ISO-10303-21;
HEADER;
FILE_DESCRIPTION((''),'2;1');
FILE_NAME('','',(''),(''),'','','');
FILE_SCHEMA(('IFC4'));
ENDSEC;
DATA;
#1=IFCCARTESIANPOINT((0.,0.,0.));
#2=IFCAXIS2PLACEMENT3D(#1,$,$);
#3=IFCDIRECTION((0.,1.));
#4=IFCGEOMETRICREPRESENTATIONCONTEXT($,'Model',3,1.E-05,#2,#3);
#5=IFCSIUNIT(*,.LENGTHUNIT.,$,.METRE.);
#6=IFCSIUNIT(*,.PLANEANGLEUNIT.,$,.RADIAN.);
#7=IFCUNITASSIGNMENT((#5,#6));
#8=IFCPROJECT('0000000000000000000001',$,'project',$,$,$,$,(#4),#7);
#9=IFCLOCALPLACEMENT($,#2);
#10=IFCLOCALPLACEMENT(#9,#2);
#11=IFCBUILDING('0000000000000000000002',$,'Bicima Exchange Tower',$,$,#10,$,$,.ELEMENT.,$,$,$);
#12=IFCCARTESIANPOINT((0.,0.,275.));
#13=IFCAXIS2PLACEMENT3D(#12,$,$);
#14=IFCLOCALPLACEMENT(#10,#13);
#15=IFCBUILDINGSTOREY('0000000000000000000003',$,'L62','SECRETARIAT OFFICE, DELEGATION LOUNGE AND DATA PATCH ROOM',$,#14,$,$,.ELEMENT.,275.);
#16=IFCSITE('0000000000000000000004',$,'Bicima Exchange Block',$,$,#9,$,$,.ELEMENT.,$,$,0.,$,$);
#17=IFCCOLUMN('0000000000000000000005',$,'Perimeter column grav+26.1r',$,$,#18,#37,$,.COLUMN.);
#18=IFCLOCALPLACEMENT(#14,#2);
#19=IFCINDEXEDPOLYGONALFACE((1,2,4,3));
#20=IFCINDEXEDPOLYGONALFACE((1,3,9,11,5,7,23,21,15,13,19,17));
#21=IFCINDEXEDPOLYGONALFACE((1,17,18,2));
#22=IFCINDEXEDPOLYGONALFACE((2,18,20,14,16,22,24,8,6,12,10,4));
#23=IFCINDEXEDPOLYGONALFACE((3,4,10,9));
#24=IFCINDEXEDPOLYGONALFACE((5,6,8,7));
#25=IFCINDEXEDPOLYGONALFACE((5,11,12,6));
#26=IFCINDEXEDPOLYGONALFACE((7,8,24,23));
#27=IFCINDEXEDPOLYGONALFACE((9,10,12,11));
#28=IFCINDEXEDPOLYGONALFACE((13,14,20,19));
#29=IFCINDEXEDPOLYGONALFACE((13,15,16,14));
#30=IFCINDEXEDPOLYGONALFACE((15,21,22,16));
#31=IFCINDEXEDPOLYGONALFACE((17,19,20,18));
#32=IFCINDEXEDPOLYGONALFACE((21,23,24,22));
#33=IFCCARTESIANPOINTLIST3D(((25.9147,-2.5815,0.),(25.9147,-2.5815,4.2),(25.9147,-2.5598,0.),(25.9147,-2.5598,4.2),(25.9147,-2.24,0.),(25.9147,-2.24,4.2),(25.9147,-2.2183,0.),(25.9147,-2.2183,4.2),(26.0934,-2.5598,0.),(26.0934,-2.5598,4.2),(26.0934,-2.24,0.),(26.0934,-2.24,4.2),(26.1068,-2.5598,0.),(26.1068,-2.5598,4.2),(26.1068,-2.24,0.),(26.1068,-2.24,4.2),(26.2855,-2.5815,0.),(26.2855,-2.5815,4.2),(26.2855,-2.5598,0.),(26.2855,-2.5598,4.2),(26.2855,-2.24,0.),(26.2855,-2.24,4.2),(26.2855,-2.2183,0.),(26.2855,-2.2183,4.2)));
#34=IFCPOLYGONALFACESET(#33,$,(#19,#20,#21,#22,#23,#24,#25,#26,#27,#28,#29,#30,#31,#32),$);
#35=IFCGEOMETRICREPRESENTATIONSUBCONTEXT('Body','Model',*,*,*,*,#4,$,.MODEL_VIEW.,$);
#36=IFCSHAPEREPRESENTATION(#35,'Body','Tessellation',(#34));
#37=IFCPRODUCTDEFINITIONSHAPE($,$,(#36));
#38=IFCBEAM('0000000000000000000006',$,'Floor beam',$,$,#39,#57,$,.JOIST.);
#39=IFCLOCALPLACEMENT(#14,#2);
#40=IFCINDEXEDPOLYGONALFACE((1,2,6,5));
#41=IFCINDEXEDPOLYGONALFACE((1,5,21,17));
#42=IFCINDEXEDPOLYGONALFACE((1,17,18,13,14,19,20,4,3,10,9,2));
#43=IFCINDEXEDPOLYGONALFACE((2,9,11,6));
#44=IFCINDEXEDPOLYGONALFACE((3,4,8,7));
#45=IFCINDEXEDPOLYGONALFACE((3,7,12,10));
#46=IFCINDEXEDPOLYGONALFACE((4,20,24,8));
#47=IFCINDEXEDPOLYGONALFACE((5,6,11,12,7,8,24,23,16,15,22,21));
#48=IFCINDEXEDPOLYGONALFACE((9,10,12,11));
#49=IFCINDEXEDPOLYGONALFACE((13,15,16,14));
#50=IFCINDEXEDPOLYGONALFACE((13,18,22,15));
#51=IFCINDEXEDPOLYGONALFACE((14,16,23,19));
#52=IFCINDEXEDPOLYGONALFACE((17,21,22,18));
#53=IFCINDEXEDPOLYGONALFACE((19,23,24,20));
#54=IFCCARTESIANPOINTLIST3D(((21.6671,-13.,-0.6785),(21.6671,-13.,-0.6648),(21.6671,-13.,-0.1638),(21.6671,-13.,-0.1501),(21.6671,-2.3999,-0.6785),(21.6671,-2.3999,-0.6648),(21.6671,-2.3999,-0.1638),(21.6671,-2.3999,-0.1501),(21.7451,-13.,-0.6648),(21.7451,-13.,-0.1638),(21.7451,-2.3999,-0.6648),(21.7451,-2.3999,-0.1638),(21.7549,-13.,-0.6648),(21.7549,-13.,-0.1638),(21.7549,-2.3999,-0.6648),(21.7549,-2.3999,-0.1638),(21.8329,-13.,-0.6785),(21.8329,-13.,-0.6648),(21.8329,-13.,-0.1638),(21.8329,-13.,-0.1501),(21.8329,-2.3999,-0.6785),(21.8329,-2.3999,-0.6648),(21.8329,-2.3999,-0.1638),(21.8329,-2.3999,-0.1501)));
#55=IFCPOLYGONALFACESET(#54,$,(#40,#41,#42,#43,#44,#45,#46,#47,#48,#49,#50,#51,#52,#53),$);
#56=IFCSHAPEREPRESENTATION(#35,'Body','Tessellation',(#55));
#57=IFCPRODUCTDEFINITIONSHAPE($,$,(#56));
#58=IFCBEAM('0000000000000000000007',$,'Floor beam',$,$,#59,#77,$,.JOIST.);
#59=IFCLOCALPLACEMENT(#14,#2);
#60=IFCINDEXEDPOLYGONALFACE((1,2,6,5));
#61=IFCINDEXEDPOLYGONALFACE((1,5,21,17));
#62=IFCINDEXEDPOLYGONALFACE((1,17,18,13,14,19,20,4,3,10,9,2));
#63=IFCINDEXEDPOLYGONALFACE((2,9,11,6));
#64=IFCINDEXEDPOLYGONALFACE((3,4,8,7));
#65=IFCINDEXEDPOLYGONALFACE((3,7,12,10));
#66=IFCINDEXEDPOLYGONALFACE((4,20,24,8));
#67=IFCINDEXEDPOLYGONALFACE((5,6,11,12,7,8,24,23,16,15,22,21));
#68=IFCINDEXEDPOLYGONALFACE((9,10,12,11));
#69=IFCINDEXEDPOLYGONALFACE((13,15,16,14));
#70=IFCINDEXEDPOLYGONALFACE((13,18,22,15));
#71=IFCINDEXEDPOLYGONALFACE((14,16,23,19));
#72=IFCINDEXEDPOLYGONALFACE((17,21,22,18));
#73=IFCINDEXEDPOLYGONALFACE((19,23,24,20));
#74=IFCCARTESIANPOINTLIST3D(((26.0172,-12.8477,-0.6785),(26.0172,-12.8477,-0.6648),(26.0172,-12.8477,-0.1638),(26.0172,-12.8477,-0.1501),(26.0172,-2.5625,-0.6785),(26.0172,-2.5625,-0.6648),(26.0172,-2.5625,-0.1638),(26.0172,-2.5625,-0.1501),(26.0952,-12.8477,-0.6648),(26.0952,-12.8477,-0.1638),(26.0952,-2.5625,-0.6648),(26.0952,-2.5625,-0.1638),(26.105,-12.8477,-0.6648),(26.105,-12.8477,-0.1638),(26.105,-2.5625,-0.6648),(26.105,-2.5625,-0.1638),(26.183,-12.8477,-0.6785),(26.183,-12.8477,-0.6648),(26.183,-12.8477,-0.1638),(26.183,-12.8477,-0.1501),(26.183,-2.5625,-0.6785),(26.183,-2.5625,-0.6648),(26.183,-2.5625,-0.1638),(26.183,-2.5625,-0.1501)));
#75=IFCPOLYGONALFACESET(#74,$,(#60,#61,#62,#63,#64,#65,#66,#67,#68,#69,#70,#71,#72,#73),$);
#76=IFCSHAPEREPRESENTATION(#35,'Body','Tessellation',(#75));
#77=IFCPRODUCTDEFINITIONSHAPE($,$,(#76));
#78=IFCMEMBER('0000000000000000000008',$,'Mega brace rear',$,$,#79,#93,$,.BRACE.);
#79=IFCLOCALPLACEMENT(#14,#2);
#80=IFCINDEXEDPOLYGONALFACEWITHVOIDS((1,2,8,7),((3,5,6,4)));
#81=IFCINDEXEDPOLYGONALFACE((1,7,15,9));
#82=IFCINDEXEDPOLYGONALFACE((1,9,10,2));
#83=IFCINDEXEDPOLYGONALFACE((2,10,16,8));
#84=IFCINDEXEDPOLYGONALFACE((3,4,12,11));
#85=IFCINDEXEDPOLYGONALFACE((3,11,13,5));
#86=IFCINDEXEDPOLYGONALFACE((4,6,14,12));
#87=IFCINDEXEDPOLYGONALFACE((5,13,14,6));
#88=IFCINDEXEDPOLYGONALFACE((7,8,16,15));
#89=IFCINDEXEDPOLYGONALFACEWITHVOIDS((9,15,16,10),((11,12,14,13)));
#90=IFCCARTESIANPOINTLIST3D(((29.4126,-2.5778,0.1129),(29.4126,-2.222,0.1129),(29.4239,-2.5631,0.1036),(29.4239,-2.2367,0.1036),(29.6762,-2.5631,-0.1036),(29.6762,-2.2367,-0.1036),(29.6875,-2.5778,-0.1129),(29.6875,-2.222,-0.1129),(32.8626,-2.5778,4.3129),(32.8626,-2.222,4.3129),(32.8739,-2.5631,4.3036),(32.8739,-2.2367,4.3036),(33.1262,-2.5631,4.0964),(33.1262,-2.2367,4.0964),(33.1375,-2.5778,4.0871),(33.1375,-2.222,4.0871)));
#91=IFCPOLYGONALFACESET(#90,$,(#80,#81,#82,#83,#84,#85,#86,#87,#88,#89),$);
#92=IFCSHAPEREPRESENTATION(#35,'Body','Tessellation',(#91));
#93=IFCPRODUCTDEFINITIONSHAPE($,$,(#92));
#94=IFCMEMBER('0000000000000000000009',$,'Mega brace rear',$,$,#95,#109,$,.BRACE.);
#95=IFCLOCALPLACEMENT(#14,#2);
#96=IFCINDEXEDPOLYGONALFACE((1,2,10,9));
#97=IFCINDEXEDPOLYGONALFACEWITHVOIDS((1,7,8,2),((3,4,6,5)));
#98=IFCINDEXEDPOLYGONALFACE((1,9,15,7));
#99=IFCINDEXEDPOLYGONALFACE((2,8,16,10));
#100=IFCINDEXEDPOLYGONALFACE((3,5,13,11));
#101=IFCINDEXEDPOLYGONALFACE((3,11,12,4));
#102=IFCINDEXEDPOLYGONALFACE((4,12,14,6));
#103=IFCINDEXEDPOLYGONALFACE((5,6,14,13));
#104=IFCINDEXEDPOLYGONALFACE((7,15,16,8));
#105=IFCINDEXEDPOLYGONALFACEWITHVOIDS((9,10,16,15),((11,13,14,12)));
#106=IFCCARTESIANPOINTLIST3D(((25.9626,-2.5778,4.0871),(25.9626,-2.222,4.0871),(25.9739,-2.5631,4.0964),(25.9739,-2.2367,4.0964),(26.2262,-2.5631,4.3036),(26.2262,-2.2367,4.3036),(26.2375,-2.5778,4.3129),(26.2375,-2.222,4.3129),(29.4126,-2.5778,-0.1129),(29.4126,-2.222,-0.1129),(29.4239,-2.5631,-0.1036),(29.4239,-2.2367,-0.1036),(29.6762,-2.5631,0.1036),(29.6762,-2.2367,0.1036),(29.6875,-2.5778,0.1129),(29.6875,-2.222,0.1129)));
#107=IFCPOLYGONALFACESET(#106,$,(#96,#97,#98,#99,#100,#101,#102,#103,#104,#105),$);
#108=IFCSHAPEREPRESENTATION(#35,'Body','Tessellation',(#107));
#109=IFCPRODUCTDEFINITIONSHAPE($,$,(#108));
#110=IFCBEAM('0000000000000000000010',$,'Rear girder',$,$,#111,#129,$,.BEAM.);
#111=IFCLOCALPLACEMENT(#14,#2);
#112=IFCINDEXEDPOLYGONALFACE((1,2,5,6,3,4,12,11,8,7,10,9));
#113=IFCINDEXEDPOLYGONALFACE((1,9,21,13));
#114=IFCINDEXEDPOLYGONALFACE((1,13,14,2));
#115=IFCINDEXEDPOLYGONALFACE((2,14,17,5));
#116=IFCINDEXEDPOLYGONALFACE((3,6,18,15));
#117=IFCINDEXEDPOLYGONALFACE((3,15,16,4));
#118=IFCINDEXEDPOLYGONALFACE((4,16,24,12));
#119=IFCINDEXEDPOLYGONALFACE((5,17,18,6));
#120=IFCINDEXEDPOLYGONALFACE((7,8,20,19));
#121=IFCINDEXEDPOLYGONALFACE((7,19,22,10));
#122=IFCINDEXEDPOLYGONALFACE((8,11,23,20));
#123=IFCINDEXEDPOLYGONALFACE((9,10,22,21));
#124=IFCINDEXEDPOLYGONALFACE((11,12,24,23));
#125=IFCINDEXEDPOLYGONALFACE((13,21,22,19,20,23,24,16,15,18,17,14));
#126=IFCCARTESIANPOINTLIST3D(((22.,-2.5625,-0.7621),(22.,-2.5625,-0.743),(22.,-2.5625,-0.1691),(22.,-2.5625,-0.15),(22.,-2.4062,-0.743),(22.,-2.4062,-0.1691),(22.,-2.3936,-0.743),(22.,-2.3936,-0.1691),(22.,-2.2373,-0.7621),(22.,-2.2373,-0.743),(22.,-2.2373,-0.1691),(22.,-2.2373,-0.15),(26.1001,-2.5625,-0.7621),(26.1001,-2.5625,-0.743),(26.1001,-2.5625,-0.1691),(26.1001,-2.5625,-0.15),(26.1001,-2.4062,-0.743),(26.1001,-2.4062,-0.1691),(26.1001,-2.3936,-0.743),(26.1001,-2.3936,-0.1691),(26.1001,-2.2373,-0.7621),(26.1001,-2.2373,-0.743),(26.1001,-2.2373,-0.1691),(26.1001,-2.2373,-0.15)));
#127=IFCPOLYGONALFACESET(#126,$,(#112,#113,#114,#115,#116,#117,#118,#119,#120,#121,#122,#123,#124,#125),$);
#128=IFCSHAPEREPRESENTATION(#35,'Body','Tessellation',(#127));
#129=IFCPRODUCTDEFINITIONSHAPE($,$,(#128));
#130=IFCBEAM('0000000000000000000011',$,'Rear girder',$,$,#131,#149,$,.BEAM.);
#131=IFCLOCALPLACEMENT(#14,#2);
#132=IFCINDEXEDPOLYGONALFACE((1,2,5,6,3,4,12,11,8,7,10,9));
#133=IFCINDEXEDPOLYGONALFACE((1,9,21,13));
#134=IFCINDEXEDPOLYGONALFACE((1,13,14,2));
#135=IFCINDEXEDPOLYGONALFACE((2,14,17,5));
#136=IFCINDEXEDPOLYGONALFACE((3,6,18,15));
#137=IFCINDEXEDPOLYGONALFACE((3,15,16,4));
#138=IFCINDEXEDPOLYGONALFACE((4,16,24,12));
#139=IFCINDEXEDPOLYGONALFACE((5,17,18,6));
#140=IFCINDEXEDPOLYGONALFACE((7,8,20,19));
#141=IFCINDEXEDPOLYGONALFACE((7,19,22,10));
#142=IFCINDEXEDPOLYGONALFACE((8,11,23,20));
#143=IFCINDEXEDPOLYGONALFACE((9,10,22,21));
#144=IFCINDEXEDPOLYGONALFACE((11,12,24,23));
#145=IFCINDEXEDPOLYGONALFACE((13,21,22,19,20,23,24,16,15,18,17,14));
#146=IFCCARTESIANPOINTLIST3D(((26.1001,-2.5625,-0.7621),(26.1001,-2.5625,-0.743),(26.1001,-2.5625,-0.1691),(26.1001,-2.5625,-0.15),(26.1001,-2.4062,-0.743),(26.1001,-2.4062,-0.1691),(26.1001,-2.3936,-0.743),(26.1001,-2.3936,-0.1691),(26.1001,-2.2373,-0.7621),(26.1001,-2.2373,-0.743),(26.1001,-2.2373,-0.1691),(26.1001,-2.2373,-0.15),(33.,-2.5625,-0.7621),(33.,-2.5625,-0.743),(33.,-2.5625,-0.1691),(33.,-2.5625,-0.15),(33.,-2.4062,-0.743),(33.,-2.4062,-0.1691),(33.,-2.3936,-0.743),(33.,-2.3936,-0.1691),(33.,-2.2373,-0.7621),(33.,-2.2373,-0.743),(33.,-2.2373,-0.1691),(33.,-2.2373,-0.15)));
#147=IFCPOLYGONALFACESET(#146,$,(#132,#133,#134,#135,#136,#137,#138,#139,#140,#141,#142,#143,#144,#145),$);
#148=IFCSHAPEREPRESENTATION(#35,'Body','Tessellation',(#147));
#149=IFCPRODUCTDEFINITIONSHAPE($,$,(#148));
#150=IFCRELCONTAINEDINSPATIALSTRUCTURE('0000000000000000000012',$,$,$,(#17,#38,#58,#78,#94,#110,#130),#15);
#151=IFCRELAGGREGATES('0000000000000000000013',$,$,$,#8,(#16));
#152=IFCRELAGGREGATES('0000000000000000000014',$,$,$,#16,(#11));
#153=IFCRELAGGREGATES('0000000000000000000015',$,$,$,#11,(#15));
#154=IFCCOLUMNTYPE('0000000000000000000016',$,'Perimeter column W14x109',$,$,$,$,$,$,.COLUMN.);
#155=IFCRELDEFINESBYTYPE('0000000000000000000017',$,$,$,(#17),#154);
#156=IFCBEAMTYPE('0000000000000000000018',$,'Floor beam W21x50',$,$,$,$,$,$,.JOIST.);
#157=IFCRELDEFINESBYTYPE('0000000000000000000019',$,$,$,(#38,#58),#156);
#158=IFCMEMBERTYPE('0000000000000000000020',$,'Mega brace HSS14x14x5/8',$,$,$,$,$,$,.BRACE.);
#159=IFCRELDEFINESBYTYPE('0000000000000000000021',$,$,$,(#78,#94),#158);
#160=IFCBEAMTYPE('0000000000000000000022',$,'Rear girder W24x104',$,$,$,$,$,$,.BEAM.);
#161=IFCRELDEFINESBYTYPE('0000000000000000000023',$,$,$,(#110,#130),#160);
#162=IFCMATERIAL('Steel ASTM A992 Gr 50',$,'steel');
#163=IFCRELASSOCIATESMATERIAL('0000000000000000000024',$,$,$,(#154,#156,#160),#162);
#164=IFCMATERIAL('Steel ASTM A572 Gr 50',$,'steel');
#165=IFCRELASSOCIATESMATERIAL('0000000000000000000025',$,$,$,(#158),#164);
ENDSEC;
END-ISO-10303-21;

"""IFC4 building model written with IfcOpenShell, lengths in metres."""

from ifc_helpers import new_model, si_unit, direction, frame, origin, origin_2d, place, context, subcontext, project, spatial, hollow_rectangle, i_section, extrude, material, material_profile, profile_set, type_object, element, save


model = new_model("IFC4")

# Units and contexts
model_context = context("Model", 3, precision=1e-05, world=origin(), true_north=direction((0.0, 1.0)))
body_context = subcontext(model_context, "Body", "Model", "MODEL_VIEW")
ifc_project = project(units=[si_unit("LENGTHUNIT", "METRE"), si_unit("PLANEANGLEUNIT", "RADIAN")], contexts=[model_context])

# Site, building, storey
site_placement = place(None, origin())
site = spatial("IfcSite", under=ifc_project, at=site_placement, Name="Bicima Exchange Block", CompositionType="ELEMENT", RefElevation=0.0)
building_placement = place(site_placement, origin())
building = spatial("IfcBuilding", under=site, at=building_placement, Name="Bicima Exchange Tower", CompositionType="ELEMENT")
storey_placement = place(building_placement, frame((0.0, 0.0, 275.0)))
storey = spatial("IfcBuildingStorey", under=building, at=storey_placement, Name="L62", Description="SECRETARIAT OFFICE, DELEGATION LOUNGE AND DATA PATCH ROOM", CompositionType="ELEMENT", Elevation=275.0)

# Column
ifc_material_1 = material(Name="Steel ASTM A992 Gr 50", Category="steel")
ifc_material_profile_1 = material_profile(ifc_material_1, i_section(OverallWidth=0.3708, OverallDepth=0.3633, WebThickness=0.0134, FlangeThickness=0.0217, at=origin_2d()))
ifc_profile_set_1 = profile_set([ifc_material_profile_1], Name="Steel ASTM A992 Gr 50")
column_type = type_object("IfcColumnType", Name="Perimeter column W14x109", PredefinedType="COLUMN", material=ifc_profile_set_1)
column_placement = place(storey_placement, frame((26.1001, -2.3999, 0.0), z_axis=(0.0, 0.0, 1.0), x_axis=(1.0, 0.0, 0.0)))
element("IfcColumn", 1, at=column_placement, inside=storey, type_object=column_type, Name="Perimeter column grav+26.1r", PredefinedType="COLUMN", context=body_context, shape_type="SweptSolid", body=[
    extrude(i_section(OverallWidth=0.3708, OverallDepth=0.3633, WebThickness=0.0134, FlangeThickness=0.0217, at=origin_2d()), origin(), (0.0, 0.0, 1.0), 4.2),
])

# Beams
ifc_material_profile_2 = material_profile(ifc_material_1, i_section(OverallWidth=0.1658, OverallDepth=0.5283, WebThickness=0.0098, FlangeThickness=0.0137, at=origin_2d()))
ifc_profile_set_2 = profile_set([ifc_material_profile_2], Name="Steel ASTM A992 Gr 50")
beam_type_1 = type_object("IfcBeamType", Name="Floor beam W21x50", PredefinedType="JOIST", material=ifc_profile_set_2)
beam_1_placement = place(storey_placement, frame((21.75, -2.3999, -0.4143), z_axis=(0.0, -1.0, 0.0), x_axis=(1.0, 0.0, 0.0)))
element("IfcBeam", 2, at=beam_1_placement, inside=storey, type_object=beam_type_1, Name="Floor beam", PredefinedType="JOIST", context=body_context, shape_type="SweptSolid", body=[
    extrude(i_section(OverallWidth=0.1658, OverallDepth=0.5283, WebThickness=0.0098, FlangeThickness=0.0137, at=origin_2d()), origin(), (0.0, 0.0, 1.0), 10.6001),
])
beam_2_placement = place(storey_placement, frame((26.1001, -2.5625, -0.4143), z_axis=(0.0, -1.0, 0.0), x_axis=(1.0, 0.0, 0.0)))
element("IfcBeam", 3, at=beam_2_placement, inside=storey, type_object=beam_type_1, Name="Floor beam", PredefinedType="JOIST", context=body_context, shape_type="SweptSolid", body=[
    extrude(i_section(OverallWidth=0.1658, OverallDepth=0.5283, WebThickness=0.0098, FlangeThickness=0.0137, at=origin_2d()), origin(), (0.0, 0.0, 1.0), 10.2852),
])

# Members
ifc_material_2 = material(Name="Steel ASTM A572 Gr 50", Category="steel")
ifc_material_profile_3 = material_profile(ifc_material_2, hollow_rectangle(XDim=0.3557, YDim=0.3557, WallThickness=0.0146, at=origin_2d()))
ifc_profile_set_3 = profile_set([ifc_material_profile_3], Name="Steel ASTM A572 Gr 50")
member_type = type_object("IfcMemberType", Name="Mega brace HSS14x14x5/8", PredefinedType="BRACE", material=ifc_profile_set_3)
for number, where, z_axis, x_axis, name in (
    (4, (29.55, -2.3999, 0.0), (0.634738, 0.0, 0.772727), (0.0, 1.0, 0.0), "Mega brace rear"),
    (5, (29.55, -2.3999, 0.0), (-0.634738, 0.0, 0.772727), (0.0, -1.0, 0.0), "Mega brace rear"),
):
    element("IfcMember", number, at=place(storey_placement, frame(where, z_axis=z_axis, x_axis=x_axis)), inside=storey, type_object=member_type, Name=name, PredefinedType="BRACE", context=body_context, shape_type="SweptSolid", body=[
        extrude(hollow_rectangle(XDim=0.3557, YDim=0.3557, WallThickness=0.0146, at=origin_2d()), origin(), (0.0, 0.0, 1.0), 5.4353),
    ])

# Beams
ifc_material_profile_4 = material_profile(ifc_material_1, i_section(OverallWidth=0.3252, OverallDepth=0.6121, WebThickness=0.0127, FlangeThickness=0.019, at=origin_2d()))
ifc_profile_set_4 = profile_set([ifc_material_profile_4], Name="Steel ASTM A992 Gr 50")
beam_type_2 = type_object("IfcBeamType", Name="Rear girder W24x104", PredefinedType="BEAM", material=ifc_profile_set_4)
beam_3_placement = place(storey_placement, frame((22.0, -2.3999, -0.4561), z_axis=(1.0, 0.0, 0.0), x_axis=(0.0, 1.0, 0.0)))
element("IfcBeam", 6, at=beam_3_placement, inside=storey, type_object=beam_type_2, Name="Rear girder", PredefinedType="BEAM", context=body_context, shape_type="SweptSolid", body=[
    extrude(i_section(OverallWidth=0.3252, OverallDepth=0.6121, WebThickness=0.0127, FlangeThickness=0.019, at=origin_2d()), origin(), (0.0, 0.0, 1.0), 4.1001),
])
beam_4_placement = place(storey_placement, frame((26.1001, -2.3999, -0.4561), z_axis=(1.0, 0.0, 0.0), x_axis=(0.0, 1.0, 0.0)))
element("IfcBeam", 7, at=beam_4_placement, inside=storey, type_object=beam_type_2, Name="Rear girder", PredefinedType="BEAM", context=body_context, shape_type="SweptSolid", body=[
    extrude(i_section(OverallWidth=0.3252, OverallDepth=0.6121, WebThickness=0.0127, FlangeThickness=0.019, at=origin_2d()), origin(), (0.0, 0.0, 1.0), 6.8999),
])

save(model, "model.ifc")
